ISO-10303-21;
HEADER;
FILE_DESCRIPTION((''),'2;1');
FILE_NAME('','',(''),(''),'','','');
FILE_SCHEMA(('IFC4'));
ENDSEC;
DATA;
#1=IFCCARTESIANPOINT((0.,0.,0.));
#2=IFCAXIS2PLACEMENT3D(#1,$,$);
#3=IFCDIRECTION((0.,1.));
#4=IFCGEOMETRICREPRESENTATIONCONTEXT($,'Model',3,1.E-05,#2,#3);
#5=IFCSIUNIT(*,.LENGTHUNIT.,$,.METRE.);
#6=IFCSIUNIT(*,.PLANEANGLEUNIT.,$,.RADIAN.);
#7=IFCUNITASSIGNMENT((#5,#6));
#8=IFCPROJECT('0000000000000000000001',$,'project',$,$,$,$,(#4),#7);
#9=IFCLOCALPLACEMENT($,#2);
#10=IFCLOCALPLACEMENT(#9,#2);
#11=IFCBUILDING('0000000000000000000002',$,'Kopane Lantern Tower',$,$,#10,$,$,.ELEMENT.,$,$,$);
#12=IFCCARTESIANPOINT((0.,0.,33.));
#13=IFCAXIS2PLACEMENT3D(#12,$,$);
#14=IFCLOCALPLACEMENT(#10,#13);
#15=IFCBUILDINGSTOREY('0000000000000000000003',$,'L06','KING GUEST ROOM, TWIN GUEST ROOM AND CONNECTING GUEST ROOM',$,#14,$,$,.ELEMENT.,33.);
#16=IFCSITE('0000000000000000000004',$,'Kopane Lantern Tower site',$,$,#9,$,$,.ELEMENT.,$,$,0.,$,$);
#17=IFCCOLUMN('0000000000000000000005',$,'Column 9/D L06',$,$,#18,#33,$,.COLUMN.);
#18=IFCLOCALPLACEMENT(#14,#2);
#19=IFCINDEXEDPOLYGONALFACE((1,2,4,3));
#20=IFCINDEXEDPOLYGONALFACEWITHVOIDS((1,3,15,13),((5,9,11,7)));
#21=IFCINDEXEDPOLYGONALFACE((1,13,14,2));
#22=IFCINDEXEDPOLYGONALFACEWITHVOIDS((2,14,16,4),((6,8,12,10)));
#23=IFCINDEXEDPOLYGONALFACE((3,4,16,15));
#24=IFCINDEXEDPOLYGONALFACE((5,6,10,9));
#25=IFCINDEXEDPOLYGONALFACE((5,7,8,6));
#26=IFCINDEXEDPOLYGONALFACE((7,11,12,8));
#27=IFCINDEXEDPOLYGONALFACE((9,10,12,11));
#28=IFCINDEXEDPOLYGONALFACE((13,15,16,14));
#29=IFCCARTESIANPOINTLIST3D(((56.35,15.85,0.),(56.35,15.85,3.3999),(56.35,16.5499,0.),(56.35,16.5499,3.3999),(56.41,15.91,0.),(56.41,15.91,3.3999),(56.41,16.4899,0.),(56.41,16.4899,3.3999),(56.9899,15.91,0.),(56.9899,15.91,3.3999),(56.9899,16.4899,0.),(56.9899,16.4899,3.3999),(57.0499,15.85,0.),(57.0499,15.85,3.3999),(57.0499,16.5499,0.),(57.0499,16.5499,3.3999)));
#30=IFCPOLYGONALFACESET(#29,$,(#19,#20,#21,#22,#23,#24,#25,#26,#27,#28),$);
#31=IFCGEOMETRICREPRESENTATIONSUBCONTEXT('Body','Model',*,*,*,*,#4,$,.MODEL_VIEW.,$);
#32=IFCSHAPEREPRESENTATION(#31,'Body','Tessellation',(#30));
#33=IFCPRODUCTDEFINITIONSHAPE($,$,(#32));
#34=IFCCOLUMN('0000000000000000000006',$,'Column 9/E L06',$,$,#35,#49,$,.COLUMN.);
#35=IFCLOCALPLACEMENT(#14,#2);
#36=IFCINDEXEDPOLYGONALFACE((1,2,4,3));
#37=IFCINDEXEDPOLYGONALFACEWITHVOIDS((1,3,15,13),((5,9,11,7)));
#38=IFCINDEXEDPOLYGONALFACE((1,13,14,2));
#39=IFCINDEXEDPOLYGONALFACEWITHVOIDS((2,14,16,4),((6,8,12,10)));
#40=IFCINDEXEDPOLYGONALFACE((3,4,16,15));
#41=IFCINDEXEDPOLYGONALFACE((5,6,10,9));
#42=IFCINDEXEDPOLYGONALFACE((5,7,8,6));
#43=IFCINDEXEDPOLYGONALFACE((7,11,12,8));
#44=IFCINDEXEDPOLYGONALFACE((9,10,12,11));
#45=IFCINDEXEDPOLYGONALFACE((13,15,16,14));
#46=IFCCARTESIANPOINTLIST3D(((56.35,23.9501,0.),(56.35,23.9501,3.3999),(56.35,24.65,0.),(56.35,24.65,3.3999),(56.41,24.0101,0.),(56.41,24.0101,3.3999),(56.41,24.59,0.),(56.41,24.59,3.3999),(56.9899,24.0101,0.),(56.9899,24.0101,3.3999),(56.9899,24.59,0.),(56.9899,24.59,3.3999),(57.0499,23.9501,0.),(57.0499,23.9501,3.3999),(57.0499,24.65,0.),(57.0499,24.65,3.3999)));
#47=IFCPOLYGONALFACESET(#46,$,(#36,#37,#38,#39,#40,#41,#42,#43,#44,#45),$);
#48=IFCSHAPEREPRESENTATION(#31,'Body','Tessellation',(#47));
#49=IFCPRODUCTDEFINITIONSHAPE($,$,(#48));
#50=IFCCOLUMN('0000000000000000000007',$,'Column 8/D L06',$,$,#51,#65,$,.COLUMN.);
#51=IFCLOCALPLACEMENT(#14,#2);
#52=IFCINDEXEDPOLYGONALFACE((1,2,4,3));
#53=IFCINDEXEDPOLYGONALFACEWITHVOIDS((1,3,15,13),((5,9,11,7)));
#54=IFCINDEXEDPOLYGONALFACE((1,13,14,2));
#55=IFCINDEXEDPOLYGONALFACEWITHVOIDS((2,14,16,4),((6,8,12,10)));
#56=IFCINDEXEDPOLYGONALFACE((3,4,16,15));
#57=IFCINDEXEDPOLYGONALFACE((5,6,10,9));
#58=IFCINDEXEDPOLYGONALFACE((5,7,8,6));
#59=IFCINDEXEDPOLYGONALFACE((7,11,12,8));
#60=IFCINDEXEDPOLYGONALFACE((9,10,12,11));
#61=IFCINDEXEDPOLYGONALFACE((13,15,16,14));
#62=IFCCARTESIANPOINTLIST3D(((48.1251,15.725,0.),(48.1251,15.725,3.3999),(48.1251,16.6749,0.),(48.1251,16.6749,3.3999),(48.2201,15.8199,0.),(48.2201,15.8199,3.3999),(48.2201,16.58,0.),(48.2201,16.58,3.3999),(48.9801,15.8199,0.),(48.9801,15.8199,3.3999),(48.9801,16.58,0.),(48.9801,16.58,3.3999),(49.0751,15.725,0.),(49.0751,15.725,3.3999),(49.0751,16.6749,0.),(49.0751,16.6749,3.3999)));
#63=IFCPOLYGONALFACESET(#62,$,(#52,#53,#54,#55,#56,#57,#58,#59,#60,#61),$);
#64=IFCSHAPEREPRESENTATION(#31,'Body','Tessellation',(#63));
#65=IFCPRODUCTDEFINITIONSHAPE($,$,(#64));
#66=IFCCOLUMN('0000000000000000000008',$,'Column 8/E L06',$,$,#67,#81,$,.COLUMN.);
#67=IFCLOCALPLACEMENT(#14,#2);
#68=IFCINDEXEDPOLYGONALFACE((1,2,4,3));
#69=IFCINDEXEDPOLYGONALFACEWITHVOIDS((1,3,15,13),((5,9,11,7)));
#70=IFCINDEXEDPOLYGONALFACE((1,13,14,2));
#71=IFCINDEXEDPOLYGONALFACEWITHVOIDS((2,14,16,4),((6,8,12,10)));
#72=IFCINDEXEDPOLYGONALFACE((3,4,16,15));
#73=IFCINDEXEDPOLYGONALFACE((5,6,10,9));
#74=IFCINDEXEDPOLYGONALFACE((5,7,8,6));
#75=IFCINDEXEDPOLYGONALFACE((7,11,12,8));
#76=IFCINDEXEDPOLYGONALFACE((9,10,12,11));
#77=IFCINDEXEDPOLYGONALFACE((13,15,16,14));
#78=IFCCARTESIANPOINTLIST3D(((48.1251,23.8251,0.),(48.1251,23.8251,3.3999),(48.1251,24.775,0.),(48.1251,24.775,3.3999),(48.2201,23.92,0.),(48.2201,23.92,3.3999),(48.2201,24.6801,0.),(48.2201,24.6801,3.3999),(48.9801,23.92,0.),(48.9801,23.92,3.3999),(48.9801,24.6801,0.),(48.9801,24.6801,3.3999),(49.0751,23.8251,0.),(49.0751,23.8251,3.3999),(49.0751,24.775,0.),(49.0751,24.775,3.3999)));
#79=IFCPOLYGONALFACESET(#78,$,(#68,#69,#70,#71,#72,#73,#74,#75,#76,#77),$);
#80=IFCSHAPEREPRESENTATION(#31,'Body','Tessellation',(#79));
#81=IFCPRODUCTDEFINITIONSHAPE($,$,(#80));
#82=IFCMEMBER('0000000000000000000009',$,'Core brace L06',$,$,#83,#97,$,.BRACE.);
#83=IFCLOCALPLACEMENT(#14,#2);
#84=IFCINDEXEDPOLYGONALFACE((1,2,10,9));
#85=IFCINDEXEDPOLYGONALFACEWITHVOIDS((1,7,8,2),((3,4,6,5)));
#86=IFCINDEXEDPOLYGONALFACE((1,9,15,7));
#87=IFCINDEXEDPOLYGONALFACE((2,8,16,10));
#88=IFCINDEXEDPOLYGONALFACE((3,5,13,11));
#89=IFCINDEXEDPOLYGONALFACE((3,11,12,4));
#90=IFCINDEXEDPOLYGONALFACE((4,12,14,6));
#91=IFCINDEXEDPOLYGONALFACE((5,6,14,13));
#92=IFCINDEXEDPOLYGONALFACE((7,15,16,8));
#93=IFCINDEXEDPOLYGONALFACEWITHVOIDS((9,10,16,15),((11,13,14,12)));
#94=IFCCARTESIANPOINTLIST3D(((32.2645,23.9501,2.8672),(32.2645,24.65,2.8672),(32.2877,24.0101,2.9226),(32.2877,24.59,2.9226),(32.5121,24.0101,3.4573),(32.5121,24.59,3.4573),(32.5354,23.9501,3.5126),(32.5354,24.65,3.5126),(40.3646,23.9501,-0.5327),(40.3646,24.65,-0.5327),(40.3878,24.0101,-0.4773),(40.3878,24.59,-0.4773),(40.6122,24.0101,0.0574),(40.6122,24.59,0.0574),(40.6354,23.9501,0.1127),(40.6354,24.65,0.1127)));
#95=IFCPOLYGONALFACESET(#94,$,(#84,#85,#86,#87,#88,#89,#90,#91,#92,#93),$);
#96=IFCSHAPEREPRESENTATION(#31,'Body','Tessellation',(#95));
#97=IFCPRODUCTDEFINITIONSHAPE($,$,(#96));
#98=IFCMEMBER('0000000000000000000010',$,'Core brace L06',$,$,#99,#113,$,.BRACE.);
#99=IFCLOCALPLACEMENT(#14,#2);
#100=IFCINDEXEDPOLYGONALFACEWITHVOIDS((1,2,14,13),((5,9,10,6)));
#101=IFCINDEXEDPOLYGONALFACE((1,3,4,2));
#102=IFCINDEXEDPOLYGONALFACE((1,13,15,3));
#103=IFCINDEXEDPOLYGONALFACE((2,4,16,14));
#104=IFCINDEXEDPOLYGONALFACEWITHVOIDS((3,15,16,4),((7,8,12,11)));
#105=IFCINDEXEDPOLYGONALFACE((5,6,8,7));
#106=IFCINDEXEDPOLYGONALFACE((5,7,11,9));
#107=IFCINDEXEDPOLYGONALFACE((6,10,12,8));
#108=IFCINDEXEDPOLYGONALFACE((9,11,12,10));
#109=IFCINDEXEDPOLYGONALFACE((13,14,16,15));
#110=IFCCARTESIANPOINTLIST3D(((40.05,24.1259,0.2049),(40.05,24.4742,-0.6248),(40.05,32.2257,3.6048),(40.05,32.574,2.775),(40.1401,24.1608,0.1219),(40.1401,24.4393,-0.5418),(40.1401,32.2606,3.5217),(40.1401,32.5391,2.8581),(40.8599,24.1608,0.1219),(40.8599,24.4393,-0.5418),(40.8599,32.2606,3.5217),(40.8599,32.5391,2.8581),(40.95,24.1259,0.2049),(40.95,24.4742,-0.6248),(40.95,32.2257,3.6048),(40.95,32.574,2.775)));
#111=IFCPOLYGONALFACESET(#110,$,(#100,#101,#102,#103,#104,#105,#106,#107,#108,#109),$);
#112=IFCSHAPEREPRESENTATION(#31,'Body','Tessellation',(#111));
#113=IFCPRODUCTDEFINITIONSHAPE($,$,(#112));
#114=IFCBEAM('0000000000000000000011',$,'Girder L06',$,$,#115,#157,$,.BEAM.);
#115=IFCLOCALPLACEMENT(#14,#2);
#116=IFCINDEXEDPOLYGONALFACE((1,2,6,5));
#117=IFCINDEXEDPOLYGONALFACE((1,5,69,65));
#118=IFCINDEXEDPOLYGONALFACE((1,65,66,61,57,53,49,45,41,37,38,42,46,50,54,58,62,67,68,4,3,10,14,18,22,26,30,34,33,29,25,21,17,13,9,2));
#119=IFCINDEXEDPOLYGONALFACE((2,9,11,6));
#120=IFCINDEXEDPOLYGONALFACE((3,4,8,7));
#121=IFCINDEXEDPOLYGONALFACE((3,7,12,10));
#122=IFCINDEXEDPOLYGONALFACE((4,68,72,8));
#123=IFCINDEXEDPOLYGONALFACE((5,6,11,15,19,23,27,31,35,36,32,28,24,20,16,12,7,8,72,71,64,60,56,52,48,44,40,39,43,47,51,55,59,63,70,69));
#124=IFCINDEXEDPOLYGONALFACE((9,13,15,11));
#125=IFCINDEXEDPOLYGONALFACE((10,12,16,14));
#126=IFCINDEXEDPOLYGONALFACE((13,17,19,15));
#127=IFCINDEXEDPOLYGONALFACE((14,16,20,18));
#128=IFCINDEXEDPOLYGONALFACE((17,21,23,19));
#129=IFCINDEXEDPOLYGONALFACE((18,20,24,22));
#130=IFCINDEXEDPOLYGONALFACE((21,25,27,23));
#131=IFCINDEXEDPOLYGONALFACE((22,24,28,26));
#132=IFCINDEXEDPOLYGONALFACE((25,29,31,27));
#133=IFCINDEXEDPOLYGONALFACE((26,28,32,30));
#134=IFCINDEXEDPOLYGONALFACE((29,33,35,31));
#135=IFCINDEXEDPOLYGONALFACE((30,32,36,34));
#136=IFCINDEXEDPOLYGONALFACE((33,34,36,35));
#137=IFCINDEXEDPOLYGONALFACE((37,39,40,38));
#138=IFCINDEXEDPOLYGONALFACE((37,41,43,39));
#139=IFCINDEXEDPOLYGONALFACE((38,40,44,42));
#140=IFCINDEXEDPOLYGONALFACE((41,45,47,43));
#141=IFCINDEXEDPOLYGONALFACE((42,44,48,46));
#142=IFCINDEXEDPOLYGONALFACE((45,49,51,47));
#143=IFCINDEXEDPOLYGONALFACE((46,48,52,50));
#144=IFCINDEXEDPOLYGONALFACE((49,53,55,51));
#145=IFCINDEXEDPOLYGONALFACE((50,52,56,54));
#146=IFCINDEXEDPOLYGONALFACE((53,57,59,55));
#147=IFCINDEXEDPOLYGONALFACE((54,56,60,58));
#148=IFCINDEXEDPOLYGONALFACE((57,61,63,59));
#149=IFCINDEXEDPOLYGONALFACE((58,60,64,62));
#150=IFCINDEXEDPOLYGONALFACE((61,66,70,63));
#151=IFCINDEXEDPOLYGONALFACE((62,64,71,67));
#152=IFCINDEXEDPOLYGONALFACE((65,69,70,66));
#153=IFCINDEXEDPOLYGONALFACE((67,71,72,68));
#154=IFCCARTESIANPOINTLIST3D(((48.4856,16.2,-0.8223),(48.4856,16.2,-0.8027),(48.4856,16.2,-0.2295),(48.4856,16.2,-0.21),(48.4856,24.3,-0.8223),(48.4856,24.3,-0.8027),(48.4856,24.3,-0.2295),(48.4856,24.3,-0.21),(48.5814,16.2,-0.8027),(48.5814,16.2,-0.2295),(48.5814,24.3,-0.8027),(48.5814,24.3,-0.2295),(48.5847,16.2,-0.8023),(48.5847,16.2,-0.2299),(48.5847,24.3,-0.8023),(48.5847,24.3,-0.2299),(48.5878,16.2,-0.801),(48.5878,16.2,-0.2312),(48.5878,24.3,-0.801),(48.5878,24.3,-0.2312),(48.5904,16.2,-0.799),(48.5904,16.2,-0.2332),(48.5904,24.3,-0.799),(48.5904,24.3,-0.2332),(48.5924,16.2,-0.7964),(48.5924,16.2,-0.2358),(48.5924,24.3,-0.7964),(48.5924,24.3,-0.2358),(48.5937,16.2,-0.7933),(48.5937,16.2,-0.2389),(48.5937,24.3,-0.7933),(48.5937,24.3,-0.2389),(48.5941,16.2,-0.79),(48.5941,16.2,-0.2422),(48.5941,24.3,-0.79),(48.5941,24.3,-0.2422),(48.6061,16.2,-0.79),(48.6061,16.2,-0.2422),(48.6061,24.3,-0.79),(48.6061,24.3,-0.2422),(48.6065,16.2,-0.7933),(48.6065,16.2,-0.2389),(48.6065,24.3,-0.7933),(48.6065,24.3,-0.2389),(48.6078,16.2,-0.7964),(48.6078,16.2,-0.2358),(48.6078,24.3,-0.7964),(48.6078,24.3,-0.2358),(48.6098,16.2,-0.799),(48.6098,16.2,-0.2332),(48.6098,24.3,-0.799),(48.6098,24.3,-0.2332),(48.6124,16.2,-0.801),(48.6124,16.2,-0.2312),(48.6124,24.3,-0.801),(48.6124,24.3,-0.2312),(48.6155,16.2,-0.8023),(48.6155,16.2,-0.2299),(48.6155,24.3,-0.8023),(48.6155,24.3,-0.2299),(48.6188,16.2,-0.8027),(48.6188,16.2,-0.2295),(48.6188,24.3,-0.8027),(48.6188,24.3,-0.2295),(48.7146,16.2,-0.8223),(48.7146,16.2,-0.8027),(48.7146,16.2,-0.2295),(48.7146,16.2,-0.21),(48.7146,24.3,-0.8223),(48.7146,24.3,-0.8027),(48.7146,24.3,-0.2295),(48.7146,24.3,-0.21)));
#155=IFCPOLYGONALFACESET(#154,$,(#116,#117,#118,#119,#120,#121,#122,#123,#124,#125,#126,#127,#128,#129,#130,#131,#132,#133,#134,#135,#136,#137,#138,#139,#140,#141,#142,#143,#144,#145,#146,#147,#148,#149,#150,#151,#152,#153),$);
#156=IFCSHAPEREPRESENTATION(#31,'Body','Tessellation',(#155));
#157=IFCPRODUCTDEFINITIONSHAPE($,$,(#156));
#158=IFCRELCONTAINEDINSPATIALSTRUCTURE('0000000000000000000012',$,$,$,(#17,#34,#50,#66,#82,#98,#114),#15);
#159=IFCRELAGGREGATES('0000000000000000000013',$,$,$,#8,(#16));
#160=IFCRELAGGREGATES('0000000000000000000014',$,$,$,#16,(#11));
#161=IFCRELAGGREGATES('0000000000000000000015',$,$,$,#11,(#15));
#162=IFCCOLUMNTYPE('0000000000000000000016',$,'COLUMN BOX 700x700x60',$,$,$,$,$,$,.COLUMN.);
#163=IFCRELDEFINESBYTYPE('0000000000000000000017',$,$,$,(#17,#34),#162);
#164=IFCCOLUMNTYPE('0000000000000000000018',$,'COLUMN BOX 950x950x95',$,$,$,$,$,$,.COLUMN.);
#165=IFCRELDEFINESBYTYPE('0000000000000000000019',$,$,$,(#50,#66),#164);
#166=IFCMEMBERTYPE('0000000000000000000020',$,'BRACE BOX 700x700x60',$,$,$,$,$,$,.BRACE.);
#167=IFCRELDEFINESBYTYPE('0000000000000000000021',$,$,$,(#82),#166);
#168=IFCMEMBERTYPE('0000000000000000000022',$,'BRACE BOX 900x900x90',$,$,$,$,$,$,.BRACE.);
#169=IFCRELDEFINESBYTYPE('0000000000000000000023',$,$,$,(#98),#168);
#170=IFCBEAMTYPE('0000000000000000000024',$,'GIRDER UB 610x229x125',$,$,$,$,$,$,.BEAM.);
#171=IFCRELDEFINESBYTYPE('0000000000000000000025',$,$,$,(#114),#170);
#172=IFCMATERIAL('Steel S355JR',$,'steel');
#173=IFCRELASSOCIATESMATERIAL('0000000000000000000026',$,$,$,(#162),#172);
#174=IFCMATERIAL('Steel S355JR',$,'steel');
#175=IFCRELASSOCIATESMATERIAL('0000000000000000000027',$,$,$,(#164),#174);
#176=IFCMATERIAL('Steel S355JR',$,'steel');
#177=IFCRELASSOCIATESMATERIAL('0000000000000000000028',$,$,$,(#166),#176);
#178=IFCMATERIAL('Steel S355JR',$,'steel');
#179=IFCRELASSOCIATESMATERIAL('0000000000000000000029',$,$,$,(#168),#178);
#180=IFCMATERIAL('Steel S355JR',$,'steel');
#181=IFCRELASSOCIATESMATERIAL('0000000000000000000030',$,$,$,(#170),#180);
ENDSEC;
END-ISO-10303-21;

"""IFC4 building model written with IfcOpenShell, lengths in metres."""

from ifc_helpers import new_model, si_unit, direction, frame, origin, origin_2d, place, context, subcontext, project, spatial, hollow_rectangle, i_section, extrude, material, material_profile, profile_set, type_object, element, save


model = new_model("IFC4")

# Units and contexts
model_context = context("Model", 3, precision=1e-05, world=origin(), true_north=direction((0.0, 1.0)))
body_context = subcontext(model_context, "Body", "Model", "MODEL_VIEW")
ifc_project = project(units=[si_unit("LENGTHUNIT", "METRE"), si_unit("PLANEANGLEUNIT", "RADIAN")], contexts=[model_context])

# Site, building, storey
site_placement = place(None, origin())
site = spatial("IfcSite", under=ifc_project, at=site_placement, Name="Kopane Lantern Tower site", CompositionType="ELEMENT", RefElevation=0.0)
building_placement = place(site_placement, origin())
building = spatial("IfcBuilding", under=site, at=building_placement, Name="Kopane Lantern Tower", CompositionType="ELEMENT")
storey_placement = place(building_placement, frame((0.0, 0.0, 33.0)))
storey = spatial("IfcBuildingStorey", under=building, at=storey_placement, Name="L06", Description="KING GUEST ROOM, TWIN GUEST ROOM AND CONNECTING GUEST ROOM", CompositionType="ELEMENT", Elevation=33.0)

# Columns
ifc_material_1 = material(Name="Steel S355JR", Category="steel")
ifc_material_profile_1 = material_profile(ifc_material_1, hollow_rectangle(XDim=0.7, YDim=0.7, WallThickness=0.0601, at=origin_2d()), Name="BOX 700x700x60")
ifc_profile_set_1 = profile_set([ifc_material_profile_1], Name="Steel S355JR")
column_type_1 = type_object("IfcColumnType", Name="COLUMN BOX 700x700x60", PredefinedType="COLUMN", material=ifc_profile_set_1)
for number, where, z_axis, x_axis, name in (
    (1, (56.7, 16.2, 0.0), (0.0, 0.0, 1.0), (1.0, 0.0, 0.0), "Column 9/D L06"),
    (2, (56.7, 24.3, 0.0), (0.0, 0.0, 1.0), (1.0, 0.0, 0.0), "Column 9/E L06"),
):
    element("IfcColumn", number, at=place(storey_placement, frame(where, z_axis=z_axis, x_axis=x_axis)), inside=storey, type_object=column_type_1, Name=name, PredefinedType="COLUMN", context=body_context, shape_type="SweptSolid", body=[
        extrude(hollow_rectangle(XDim=0.7, YDim=0.7, WallThickness=0.0601, at=origin_2d()), origin(), (0.0, 0.0, 1.0), 3.3999),
    ])
ifc_material_2 = material(Name="Steel S355JR", Category="steel")
ifc_material_profile_2 = material_profile(ifc_material_2, hollow_rectangle(XDim=0.95, YDim=0.95, WallThickness=0.095, at=origin_2d()), Name="BOX 950x950x95")
ifc_profile_set_2 = profile_set([ifc_material_profile_2], Name="Steel S355JR")
column_type_2 = type_object("IfcColumnType", Name="COLUMN BOX 950x950x95", PredefinedType="COLUMN", material=ifc_profile_set_2)
for number, where, z_axis, x_axis, name in (
    (3, (48.6001, 16.2, 0.0), (0.0, 0.0, 1.0), (1.0, 0.0, 0.0), "Column 8/D L06"),
    (4, (48.6001, 24.3, 0.0), (0.0, 0.0, 1.0), (1.0, 0.0, 0.0), "Column 8/E L06"),
):
    element("IfcColumn", number, at=place(storey_placement, frame(where, z_axis=z_axis, x_axis=x_axis)), inside=storey, type_object=column_type_2, Name=name, PredefinedType="COLUMN", context=body_context, shape_type="SweptSolid", body=[
        extrude(hollow_rectangle(XDim=0.95, YDim=0.95, WallThickness=0.095, at=origin_2d()), origin(), (0.0, 0.0, 1.0), 3.3999),
    ])

# Members
ifc_material_3 = material(Name="Steel S355JR", Category="steel")
ifc_material_profile_3 = material_profile(ifc_material_3, hollow_rectangle(XDim=0.7, YDim=0.7, WallThickness=0.0601, at=origin_2d()), Name="BOX 700x700x60")
ifc_profile_set_3 = profile_set([ifc_material_profile_3], Name="Steel S355JR")
member_type_1 = type_object("IfcMemberType", Name="BRACE BOX 700x700x60", PredefinedType="BRACE", material=ifc_profile_set_3)
member_1_placement = place(storey_placement, frame((40.5, 24.3, -0.21), z_axis=(-0.922069, 0.0, 0.387026), x_axis=(0.0, -1.0, 0.0)))
element("IfcMember", 5, at=member_1_placement, inside=storey, type_object=member_type_1, Name="Core brace L06", PredefinedType="BRACE", context=body_context, shape_type="SweptSolid", body=[
    extrude(hollow_rectangle(XDim=0.7, YDim=0.7, WallThickness=0.0601, at=origin_2d()), origin(), (0.0, 0.0, 1.0), 8.7847),
])
ifc_material_4 = material(Name="Steel S355JR", Category="steel")
ifc_material_profile_4 = material_profile(ifc_material_4, hollow_rectangle(XDim=0.8999, YDim=0.8999, WallThickness=0.0901, at=origin_2d()), Name="BOX 900x900x90")
ifc_profile_set_4 = profile_set([ifc_material_profile_4], Name="Steel S355JR")
member_type_2 = type_object("IfcMemberType", Name="BRACE BOX 900x900x90", PredefinedType="BRACE", material=ifc_profile_set_4)
member_2_placement = place(storey_placement, frame((40.5, 24.3, -0.21), z_axis=(0.0, 0.922065, 0.387035), x_axis=(-1.0, 0.0, 0.0)))
element("IfcMember", 6, at=member_2_placement, inside=storey, type_object=member_type_2, Name="Core brace L06", PredefinedType="BRACE", context=body_context, shape_type="SweptSolid", body=[
    extrude(hollow_rectangle(XDim=0.8999, YDim=0.8999, WallThickness=0.0901, at=origin_2d()), origin(), (0.0, 0.0, 1.0), 8.7844),
])

# Beam
ifc_material_5 = material(Name="Steel S355JR", Category="steel")
ifc_material_profile_5 = material_profile(ifc_material_5, i_section(OverallWidth=0.229, OverallDepth=0.6123, WebThickness=0.012, FlangeThickness=0.0195, FilletRadius=0.0127, at=origin_2d()), Name="UB 610x229x125")
ifc_profile_set_5 = profile_set([ifc_material_profile_5], Name="Steel S355JR")
beam_type = type_object("IfcBeamType", Name="GIRDER UB 610x229x125", PredefinedType="BEAM", material=ifc_profile_set_5)
beam_1_placement = place(storey_placement, frame((48.6001, 16.2, -0.5161), z_axis=(0.0, 1.0, 0.0), x_axis=(-1.0, 0.0, 0.0)))
element("IfcBeam", 7, at=beam_1_placement, inside=storey, type_object=beam_type, Name="Girder L06", PredefinedType="BEAM", context=body_context, shape_type="SweptSolid", body=[
    extrude(i_section(OverallWidth=0.229, OverallDepth=0.6123, WebThickness=0.012, FlangeThickness=0.0195, FilletRadius=0.0127, at=origin_2d()), origin(), (0.0, 0.0, 1.0), 8.1001),
])

save(model, "model.ifc")
